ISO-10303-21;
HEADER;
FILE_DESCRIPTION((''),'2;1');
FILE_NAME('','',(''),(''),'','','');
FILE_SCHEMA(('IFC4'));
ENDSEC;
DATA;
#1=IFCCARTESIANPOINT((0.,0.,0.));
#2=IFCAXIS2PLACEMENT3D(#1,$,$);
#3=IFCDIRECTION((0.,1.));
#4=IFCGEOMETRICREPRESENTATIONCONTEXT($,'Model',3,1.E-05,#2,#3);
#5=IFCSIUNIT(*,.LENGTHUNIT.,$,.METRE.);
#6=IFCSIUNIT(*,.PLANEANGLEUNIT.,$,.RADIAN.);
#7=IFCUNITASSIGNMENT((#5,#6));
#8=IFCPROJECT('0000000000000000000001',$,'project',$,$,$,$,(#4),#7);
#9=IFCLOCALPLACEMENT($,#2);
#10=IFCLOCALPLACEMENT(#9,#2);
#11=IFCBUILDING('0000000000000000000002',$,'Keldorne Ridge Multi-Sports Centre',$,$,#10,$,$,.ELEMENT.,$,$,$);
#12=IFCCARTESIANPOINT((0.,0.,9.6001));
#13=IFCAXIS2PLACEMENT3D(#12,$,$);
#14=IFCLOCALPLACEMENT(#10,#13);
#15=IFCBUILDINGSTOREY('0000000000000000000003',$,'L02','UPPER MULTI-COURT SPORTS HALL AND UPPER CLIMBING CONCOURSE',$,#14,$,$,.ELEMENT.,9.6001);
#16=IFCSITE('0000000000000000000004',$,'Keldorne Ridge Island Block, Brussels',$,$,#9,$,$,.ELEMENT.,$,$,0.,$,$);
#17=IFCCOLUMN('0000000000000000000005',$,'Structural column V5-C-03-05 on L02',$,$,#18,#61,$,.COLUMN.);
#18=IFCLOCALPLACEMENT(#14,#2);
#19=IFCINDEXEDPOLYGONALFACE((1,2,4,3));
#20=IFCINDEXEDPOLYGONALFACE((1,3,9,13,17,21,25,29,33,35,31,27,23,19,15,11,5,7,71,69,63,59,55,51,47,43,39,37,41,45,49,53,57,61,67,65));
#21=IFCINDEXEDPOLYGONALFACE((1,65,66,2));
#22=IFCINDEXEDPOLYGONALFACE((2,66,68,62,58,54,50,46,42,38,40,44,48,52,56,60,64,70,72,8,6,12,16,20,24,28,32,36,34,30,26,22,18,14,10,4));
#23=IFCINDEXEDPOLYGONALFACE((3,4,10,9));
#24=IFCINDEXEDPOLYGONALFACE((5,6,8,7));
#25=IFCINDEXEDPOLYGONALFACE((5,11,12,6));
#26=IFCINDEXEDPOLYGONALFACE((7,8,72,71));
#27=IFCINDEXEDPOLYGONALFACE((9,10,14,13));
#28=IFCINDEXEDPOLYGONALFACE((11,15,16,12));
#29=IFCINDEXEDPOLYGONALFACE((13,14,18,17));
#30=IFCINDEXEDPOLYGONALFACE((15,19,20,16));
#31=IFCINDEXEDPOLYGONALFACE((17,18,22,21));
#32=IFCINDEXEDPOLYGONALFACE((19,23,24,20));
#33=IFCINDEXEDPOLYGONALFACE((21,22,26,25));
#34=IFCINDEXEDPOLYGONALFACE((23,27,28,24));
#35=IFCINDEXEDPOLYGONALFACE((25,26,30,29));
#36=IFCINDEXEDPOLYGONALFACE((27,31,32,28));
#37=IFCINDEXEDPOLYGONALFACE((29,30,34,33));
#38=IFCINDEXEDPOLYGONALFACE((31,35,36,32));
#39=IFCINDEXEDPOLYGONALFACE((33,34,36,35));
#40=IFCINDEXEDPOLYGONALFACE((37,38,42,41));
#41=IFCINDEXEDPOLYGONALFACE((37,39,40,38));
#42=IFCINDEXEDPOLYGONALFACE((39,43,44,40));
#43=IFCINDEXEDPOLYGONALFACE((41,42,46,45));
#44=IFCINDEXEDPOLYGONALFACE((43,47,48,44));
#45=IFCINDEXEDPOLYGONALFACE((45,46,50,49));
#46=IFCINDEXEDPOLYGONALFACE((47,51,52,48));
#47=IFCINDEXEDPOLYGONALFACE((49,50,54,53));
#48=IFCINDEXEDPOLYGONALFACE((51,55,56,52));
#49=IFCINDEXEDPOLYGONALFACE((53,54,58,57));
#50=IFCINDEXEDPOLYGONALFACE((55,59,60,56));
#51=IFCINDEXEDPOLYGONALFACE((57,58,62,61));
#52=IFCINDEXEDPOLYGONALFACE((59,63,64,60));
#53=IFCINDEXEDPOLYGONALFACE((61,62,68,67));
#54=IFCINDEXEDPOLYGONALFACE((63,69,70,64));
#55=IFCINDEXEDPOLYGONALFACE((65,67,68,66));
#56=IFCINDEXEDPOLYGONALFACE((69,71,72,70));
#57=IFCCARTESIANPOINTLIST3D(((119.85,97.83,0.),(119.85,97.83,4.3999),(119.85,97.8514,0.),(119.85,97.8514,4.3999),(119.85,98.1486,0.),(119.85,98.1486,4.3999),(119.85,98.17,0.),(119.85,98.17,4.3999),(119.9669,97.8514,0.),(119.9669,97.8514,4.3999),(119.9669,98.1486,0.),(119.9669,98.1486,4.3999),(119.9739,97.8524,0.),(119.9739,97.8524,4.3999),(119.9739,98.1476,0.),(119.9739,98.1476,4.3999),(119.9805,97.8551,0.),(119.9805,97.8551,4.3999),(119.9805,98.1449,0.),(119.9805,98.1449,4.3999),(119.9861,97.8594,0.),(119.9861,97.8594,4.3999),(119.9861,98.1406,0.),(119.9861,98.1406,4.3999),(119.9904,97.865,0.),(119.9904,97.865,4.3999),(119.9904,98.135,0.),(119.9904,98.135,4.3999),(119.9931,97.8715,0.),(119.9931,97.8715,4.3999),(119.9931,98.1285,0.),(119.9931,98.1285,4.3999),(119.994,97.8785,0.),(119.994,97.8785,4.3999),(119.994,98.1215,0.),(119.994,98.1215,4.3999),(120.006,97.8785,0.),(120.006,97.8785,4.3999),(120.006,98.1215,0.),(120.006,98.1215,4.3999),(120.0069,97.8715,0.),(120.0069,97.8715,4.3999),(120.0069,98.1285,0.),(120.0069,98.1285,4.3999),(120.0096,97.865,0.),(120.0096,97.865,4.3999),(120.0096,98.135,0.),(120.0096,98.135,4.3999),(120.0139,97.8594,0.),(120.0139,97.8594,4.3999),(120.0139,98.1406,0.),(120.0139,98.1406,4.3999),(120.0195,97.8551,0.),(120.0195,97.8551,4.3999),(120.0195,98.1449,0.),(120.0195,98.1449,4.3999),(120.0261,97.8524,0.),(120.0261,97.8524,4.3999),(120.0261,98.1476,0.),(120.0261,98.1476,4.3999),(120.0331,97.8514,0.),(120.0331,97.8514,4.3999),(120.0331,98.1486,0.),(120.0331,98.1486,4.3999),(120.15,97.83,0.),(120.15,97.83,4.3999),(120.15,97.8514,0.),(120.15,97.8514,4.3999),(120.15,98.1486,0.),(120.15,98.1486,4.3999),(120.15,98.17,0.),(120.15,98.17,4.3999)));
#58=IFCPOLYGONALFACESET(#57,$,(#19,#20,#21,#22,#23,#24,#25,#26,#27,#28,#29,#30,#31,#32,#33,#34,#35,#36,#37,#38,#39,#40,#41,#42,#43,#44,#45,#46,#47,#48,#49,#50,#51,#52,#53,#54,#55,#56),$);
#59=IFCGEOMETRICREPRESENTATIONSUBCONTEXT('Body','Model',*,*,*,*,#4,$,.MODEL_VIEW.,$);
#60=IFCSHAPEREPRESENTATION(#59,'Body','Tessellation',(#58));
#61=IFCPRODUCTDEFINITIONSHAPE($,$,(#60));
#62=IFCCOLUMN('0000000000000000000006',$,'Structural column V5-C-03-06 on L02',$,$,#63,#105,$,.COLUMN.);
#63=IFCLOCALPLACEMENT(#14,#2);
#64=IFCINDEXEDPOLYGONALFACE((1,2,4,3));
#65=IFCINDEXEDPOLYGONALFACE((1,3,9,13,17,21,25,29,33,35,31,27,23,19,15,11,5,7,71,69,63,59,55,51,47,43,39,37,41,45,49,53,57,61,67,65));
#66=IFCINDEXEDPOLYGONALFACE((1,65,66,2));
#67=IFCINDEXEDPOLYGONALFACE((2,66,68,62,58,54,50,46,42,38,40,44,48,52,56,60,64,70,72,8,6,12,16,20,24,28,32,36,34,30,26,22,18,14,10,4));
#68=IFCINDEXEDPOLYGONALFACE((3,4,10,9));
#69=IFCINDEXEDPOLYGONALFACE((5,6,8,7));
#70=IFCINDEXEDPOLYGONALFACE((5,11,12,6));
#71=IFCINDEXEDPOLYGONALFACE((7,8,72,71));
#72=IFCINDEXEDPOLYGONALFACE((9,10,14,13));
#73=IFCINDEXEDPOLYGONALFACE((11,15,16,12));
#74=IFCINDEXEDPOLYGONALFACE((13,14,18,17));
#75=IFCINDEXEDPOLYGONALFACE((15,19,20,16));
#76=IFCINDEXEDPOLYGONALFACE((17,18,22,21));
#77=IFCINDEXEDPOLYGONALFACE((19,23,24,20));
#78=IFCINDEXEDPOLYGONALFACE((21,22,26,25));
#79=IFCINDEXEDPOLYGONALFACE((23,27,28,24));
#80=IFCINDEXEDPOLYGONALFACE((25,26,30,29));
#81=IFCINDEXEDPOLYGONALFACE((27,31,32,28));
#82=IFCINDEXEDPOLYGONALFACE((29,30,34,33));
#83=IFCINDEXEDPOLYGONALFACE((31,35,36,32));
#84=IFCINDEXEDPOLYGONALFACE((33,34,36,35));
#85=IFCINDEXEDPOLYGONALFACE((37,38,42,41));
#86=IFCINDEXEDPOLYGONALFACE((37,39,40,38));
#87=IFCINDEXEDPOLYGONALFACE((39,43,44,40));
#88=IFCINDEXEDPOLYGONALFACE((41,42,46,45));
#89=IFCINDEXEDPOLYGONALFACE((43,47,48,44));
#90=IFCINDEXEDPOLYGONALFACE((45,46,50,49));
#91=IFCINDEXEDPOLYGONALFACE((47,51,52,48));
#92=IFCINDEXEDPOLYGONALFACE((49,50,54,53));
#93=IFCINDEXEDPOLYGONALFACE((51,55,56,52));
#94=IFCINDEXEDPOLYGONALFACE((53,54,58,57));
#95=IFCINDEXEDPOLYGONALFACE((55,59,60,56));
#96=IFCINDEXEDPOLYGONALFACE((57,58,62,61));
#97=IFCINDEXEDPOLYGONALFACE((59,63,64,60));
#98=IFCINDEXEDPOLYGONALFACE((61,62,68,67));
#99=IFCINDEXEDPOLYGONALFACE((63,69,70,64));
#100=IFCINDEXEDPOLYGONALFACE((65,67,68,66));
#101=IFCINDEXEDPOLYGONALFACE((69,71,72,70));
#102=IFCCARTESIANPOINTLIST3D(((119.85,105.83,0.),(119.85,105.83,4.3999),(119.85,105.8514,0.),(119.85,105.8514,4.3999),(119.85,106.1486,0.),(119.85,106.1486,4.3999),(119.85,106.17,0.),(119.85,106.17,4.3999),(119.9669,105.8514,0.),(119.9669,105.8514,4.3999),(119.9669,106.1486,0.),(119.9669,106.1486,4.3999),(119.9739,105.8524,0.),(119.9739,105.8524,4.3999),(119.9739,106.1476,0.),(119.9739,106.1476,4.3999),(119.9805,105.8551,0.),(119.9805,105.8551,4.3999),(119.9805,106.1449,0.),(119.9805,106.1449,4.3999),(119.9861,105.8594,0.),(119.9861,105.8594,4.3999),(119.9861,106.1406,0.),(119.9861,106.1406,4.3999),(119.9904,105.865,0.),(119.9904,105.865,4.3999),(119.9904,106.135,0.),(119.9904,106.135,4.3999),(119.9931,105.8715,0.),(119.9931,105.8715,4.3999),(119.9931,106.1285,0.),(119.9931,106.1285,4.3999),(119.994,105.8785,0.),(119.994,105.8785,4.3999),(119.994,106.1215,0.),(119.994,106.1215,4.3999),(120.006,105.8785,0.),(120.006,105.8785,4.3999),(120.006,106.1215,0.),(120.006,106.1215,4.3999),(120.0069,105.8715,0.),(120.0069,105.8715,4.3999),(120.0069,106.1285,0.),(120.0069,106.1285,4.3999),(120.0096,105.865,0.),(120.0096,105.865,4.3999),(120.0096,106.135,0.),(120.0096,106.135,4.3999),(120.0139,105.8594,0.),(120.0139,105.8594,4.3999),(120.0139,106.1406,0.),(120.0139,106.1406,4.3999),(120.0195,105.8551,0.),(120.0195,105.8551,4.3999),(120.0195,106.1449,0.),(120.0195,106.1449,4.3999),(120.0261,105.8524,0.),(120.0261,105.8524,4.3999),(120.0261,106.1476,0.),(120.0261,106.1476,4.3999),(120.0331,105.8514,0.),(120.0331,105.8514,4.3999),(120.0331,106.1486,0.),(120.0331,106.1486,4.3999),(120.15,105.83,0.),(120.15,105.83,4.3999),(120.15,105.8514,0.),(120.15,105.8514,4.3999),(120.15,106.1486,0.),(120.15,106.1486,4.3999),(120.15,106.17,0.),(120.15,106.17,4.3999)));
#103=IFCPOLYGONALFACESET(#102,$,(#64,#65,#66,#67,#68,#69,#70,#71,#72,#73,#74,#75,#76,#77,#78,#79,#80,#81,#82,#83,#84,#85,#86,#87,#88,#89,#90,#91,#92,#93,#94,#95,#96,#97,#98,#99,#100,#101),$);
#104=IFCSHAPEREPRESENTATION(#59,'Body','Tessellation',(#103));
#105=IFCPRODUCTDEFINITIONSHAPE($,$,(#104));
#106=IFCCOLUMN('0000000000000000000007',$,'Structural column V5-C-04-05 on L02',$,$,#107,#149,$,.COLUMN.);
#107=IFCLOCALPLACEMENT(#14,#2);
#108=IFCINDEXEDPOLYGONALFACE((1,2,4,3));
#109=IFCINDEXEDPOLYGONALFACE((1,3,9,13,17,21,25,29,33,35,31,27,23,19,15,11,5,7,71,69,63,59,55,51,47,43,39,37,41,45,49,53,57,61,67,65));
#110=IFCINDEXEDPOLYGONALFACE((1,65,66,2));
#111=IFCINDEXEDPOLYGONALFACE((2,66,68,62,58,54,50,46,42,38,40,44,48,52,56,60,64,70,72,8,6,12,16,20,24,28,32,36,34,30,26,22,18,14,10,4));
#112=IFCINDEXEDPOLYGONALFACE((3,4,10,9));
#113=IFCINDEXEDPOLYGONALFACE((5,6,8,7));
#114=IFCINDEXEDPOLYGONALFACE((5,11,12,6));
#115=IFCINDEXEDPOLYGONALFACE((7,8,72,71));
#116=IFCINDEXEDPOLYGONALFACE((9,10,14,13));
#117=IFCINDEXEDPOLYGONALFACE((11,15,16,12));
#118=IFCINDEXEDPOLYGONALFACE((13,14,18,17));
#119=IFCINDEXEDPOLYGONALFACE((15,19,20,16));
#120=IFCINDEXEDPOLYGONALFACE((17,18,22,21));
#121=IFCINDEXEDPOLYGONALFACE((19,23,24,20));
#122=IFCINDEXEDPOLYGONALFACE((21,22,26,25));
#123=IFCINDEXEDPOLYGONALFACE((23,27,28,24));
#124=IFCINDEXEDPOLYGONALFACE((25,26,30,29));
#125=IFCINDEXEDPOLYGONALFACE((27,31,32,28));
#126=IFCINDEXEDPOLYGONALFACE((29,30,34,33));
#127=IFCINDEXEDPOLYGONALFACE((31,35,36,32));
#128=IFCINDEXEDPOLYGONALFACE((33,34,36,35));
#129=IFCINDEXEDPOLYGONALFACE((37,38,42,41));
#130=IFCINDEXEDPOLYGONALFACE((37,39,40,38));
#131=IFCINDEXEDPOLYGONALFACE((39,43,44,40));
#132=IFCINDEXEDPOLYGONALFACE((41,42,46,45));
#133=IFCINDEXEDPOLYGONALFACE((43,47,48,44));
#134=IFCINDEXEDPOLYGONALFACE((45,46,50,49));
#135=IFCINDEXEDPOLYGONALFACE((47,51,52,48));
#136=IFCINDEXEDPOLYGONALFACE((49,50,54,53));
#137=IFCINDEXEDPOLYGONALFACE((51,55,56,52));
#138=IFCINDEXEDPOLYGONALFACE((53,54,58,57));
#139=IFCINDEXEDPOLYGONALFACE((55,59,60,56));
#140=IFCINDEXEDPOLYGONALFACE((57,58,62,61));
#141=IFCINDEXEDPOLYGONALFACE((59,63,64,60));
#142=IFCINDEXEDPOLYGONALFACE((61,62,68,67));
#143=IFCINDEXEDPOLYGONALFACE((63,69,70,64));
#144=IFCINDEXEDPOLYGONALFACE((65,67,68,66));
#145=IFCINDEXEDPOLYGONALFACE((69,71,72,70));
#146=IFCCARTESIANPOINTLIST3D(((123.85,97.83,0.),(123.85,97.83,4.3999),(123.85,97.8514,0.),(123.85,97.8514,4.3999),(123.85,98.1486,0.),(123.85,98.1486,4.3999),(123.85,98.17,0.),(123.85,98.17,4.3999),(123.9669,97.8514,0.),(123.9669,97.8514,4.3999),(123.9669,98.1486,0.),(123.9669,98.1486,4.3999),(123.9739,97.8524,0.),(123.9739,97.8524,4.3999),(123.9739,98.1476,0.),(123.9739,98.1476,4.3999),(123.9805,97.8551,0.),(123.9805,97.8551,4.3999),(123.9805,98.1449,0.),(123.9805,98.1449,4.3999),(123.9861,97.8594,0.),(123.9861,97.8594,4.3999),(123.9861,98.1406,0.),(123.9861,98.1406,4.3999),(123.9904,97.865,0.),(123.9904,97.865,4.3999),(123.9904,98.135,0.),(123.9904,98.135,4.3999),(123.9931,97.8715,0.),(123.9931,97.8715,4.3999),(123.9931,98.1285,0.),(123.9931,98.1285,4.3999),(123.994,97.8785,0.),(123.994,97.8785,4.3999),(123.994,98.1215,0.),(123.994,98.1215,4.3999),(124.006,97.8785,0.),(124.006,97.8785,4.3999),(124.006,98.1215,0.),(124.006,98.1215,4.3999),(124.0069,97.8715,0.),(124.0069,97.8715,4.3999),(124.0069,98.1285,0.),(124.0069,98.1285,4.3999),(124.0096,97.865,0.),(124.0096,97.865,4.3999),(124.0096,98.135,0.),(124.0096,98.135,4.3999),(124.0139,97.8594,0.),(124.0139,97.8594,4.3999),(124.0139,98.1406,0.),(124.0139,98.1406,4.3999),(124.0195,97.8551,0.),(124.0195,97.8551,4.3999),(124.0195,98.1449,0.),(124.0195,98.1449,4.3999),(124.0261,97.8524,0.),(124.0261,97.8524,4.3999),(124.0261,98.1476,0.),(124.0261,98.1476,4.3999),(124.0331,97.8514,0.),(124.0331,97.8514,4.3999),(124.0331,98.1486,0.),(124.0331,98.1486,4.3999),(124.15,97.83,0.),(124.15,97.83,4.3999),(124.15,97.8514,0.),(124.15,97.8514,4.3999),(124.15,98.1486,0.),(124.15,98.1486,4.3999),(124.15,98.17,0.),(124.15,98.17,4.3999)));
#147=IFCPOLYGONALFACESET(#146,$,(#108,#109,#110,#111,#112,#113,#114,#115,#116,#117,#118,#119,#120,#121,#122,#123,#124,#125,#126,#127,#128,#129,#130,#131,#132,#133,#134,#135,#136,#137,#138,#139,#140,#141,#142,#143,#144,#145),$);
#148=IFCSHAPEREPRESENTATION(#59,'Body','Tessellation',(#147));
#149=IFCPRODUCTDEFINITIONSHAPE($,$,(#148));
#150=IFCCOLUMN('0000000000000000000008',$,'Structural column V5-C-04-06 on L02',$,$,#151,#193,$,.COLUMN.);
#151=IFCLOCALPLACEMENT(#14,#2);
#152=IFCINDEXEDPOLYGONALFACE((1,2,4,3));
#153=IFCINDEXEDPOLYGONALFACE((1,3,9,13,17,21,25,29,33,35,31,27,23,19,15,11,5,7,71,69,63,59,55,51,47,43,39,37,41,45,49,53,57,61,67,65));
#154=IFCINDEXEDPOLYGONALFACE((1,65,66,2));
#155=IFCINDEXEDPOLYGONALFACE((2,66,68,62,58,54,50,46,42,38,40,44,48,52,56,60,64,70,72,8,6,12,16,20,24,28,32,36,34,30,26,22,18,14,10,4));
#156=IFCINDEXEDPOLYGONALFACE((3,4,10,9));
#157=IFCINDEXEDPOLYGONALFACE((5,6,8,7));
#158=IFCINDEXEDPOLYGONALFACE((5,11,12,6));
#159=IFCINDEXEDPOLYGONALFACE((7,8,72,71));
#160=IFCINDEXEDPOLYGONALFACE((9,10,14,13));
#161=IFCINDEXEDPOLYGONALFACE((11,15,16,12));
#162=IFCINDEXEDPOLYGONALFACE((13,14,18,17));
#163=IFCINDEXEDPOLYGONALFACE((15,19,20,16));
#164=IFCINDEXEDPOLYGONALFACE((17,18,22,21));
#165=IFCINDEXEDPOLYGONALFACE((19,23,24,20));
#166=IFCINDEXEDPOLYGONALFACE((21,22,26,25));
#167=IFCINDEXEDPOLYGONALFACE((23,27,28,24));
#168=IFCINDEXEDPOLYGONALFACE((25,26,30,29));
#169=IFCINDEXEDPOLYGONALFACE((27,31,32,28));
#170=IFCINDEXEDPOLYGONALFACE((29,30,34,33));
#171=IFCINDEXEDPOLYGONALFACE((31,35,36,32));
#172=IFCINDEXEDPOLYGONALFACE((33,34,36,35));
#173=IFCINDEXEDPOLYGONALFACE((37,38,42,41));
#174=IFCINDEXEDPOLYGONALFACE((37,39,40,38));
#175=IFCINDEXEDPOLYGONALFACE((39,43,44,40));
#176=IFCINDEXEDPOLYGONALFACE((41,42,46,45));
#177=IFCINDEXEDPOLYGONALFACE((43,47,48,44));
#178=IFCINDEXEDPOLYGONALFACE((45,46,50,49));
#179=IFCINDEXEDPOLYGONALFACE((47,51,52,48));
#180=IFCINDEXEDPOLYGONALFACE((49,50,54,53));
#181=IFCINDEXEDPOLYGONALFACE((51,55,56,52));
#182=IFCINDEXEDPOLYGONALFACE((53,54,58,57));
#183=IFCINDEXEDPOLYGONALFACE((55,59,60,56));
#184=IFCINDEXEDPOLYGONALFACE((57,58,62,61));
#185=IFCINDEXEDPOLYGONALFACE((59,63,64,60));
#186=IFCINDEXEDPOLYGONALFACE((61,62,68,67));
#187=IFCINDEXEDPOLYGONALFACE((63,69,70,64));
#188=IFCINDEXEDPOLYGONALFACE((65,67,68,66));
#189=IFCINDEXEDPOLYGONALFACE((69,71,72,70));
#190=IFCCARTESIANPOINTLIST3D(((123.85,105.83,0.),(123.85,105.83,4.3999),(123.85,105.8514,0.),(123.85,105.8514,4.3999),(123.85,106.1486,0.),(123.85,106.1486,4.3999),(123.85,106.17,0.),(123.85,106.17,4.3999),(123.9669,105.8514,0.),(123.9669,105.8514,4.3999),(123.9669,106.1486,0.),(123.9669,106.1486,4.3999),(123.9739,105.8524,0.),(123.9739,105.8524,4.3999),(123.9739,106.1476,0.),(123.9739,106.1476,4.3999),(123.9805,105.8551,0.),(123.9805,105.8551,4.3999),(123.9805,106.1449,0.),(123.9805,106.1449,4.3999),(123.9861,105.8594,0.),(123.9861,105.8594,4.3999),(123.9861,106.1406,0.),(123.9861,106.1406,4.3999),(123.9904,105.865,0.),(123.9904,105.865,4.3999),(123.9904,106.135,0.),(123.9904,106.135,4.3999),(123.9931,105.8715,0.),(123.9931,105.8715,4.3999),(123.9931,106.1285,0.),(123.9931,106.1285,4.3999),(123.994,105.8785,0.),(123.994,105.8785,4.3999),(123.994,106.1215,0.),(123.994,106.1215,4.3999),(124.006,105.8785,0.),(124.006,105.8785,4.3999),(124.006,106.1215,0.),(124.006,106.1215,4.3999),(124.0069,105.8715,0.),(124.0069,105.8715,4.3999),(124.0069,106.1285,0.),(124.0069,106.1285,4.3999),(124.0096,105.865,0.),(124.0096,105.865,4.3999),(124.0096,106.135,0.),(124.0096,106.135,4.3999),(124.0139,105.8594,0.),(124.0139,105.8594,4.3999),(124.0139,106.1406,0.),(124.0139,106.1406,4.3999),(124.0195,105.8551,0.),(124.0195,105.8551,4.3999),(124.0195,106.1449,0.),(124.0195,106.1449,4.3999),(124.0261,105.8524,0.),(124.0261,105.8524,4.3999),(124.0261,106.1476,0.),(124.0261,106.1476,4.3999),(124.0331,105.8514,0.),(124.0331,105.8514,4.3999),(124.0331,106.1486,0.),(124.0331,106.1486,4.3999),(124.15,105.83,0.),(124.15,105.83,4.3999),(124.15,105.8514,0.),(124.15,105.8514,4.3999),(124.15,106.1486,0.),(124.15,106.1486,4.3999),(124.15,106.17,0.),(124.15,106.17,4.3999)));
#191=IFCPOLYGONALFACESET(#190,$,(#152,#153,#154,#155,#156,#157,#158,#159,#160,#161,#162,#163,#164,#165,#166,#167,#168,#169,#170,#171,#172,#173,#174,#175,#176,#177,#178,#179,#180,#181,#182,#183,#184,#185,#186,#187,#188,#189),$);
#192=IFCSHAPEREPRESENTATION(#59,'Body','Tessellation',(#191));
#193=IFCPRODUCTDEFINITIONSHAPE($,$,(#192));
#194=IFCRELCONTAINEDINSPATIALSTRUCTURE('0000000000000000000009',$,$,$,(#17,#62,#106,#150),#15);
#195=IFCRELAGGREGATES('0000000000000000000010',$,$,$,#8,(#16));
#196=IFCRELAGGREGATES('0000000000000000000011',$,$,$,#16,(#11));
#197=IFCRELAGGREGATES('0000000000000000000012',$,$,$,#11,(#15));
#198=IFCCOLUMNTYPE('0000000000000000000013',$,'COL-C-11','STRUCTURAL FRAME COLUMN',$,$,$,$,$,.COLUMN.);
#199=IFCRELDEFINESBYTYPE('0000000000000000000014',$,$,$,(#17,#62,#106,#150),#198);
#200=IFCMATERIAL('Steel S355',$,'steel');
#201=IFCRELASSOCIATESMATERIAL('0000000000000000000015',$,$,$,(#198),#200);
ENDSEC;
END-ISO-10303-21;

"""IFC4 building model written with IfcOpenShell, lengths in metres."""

from ifc_helpers import new_model, si_unit, direction, frame, origin, origin_2d, place, context, subcontext, project, spatial, i_section, extrude, material, material_profile, profile_set, type_object, element, save


model = new_model("IFC4")

# Units and contexts
model_context = context("Model", 3, precision=1e-05, world=origin(), true_north=direction((0.0, 1.0)))
body_context = subcontext(model_context, "Body", "Model", "MODEL_VIEW")
ifc_project = project(units=[si_unit("LENGTHUNIT", "METRE"), si_unit("PLANEANGLEUNIT", "RADIAN")], contexts=[model_context])

# Site, building, storey
site_placement = place(None, origin())
site = spatial("IfcSite", under=ifc_project, at=site_placement, Name="Keldorne Ridge Island Block, Brussels", CompositionType="ELEMENT", RefElevation=0.0)
building_placement = place(site_placement, origin())
building = spatial("IfcBuilding", under=site, at=building_placement, Name="Keldorne Ridge Multi-Sports Centre", CompositionType="ELEMENT")
storey_placement = place(building_placement, frame((0.0, 0.0, 9.6001)))
storey = spatial("IfcBuildingStorey", under=building, at=storey_placement, Name="L02", Description="UPPER MULTI-COURT SPORTS HALL AND UPPER CLIMBING CONCOURSE", CompositionType="ELEMENT", Elevation=9.6001)

# Columns
ifc_material_1 = material(Name="Steel S355", Category="steel")
ifc_material_profile_1 = material_profile(ifc_material_1, i_section(OverallWidth=0.3, OverallDepth=0.3401, WebThickness=0.012, FlangeThickness=0.0215, FilletRadius=0.0271, at=origin_2d()), Name="HEB 340")
ifc_profile_set_1 = profile_set([ifc_material_profile_1], Name="Steel S355")
column_type = type_object("IfcColumnType", Name="COL-C-11", Description="STRUCTURAL FRAME COLUMN", PredefinedType="COLUMN", material=ifc_profile_set_1)
for number, where, z_axis, x_axis, name in (
    (1, (120.0, 98.0, 0.0), (0.0, 0.0, 1.0), (1.0, 0.0, 0.0), "Structural column V5-C-03-05 on L02"),
    (2, (120.0, 106.0, 0.0), (0.0, 0.0, 1.0), (1.0, 0.0, 0.0), "Structural column V5-C-03-06 on L02"),
    (3, (124.0, 98.0, 0.0), (0.0, 0.0, 1.0), (1.0, 0.0, 0.0), "Structural column V5-C-04-05 on L02"),
    (4, (124.0, 106.0, 0.0), (0.0, 0.0, 1.0), (1.0, 0.0, 0.0), "Structural column V5-C-04-06 on L02"),
):
    element("IfcColumn", number, at=place(storey_placement, frame(where, z_axis=z_axis, x_axis=x_axis)), inside=storey, type_object=column_type, Name=name, PredefinedType="COLUMN", context=body_context, shape_type="SweptSolid", body=[
        extrude(i_section(OverallWidth=0.3, OverallDepth=0.3401, WebThickness=0.012, FlangeThickness=0.0215, FilletRadius=0.0271, at=origin_2d()), origin(), (0.0, 0.0, 1.0), 4.3999),
    ])

save(model, "model.ifc")
